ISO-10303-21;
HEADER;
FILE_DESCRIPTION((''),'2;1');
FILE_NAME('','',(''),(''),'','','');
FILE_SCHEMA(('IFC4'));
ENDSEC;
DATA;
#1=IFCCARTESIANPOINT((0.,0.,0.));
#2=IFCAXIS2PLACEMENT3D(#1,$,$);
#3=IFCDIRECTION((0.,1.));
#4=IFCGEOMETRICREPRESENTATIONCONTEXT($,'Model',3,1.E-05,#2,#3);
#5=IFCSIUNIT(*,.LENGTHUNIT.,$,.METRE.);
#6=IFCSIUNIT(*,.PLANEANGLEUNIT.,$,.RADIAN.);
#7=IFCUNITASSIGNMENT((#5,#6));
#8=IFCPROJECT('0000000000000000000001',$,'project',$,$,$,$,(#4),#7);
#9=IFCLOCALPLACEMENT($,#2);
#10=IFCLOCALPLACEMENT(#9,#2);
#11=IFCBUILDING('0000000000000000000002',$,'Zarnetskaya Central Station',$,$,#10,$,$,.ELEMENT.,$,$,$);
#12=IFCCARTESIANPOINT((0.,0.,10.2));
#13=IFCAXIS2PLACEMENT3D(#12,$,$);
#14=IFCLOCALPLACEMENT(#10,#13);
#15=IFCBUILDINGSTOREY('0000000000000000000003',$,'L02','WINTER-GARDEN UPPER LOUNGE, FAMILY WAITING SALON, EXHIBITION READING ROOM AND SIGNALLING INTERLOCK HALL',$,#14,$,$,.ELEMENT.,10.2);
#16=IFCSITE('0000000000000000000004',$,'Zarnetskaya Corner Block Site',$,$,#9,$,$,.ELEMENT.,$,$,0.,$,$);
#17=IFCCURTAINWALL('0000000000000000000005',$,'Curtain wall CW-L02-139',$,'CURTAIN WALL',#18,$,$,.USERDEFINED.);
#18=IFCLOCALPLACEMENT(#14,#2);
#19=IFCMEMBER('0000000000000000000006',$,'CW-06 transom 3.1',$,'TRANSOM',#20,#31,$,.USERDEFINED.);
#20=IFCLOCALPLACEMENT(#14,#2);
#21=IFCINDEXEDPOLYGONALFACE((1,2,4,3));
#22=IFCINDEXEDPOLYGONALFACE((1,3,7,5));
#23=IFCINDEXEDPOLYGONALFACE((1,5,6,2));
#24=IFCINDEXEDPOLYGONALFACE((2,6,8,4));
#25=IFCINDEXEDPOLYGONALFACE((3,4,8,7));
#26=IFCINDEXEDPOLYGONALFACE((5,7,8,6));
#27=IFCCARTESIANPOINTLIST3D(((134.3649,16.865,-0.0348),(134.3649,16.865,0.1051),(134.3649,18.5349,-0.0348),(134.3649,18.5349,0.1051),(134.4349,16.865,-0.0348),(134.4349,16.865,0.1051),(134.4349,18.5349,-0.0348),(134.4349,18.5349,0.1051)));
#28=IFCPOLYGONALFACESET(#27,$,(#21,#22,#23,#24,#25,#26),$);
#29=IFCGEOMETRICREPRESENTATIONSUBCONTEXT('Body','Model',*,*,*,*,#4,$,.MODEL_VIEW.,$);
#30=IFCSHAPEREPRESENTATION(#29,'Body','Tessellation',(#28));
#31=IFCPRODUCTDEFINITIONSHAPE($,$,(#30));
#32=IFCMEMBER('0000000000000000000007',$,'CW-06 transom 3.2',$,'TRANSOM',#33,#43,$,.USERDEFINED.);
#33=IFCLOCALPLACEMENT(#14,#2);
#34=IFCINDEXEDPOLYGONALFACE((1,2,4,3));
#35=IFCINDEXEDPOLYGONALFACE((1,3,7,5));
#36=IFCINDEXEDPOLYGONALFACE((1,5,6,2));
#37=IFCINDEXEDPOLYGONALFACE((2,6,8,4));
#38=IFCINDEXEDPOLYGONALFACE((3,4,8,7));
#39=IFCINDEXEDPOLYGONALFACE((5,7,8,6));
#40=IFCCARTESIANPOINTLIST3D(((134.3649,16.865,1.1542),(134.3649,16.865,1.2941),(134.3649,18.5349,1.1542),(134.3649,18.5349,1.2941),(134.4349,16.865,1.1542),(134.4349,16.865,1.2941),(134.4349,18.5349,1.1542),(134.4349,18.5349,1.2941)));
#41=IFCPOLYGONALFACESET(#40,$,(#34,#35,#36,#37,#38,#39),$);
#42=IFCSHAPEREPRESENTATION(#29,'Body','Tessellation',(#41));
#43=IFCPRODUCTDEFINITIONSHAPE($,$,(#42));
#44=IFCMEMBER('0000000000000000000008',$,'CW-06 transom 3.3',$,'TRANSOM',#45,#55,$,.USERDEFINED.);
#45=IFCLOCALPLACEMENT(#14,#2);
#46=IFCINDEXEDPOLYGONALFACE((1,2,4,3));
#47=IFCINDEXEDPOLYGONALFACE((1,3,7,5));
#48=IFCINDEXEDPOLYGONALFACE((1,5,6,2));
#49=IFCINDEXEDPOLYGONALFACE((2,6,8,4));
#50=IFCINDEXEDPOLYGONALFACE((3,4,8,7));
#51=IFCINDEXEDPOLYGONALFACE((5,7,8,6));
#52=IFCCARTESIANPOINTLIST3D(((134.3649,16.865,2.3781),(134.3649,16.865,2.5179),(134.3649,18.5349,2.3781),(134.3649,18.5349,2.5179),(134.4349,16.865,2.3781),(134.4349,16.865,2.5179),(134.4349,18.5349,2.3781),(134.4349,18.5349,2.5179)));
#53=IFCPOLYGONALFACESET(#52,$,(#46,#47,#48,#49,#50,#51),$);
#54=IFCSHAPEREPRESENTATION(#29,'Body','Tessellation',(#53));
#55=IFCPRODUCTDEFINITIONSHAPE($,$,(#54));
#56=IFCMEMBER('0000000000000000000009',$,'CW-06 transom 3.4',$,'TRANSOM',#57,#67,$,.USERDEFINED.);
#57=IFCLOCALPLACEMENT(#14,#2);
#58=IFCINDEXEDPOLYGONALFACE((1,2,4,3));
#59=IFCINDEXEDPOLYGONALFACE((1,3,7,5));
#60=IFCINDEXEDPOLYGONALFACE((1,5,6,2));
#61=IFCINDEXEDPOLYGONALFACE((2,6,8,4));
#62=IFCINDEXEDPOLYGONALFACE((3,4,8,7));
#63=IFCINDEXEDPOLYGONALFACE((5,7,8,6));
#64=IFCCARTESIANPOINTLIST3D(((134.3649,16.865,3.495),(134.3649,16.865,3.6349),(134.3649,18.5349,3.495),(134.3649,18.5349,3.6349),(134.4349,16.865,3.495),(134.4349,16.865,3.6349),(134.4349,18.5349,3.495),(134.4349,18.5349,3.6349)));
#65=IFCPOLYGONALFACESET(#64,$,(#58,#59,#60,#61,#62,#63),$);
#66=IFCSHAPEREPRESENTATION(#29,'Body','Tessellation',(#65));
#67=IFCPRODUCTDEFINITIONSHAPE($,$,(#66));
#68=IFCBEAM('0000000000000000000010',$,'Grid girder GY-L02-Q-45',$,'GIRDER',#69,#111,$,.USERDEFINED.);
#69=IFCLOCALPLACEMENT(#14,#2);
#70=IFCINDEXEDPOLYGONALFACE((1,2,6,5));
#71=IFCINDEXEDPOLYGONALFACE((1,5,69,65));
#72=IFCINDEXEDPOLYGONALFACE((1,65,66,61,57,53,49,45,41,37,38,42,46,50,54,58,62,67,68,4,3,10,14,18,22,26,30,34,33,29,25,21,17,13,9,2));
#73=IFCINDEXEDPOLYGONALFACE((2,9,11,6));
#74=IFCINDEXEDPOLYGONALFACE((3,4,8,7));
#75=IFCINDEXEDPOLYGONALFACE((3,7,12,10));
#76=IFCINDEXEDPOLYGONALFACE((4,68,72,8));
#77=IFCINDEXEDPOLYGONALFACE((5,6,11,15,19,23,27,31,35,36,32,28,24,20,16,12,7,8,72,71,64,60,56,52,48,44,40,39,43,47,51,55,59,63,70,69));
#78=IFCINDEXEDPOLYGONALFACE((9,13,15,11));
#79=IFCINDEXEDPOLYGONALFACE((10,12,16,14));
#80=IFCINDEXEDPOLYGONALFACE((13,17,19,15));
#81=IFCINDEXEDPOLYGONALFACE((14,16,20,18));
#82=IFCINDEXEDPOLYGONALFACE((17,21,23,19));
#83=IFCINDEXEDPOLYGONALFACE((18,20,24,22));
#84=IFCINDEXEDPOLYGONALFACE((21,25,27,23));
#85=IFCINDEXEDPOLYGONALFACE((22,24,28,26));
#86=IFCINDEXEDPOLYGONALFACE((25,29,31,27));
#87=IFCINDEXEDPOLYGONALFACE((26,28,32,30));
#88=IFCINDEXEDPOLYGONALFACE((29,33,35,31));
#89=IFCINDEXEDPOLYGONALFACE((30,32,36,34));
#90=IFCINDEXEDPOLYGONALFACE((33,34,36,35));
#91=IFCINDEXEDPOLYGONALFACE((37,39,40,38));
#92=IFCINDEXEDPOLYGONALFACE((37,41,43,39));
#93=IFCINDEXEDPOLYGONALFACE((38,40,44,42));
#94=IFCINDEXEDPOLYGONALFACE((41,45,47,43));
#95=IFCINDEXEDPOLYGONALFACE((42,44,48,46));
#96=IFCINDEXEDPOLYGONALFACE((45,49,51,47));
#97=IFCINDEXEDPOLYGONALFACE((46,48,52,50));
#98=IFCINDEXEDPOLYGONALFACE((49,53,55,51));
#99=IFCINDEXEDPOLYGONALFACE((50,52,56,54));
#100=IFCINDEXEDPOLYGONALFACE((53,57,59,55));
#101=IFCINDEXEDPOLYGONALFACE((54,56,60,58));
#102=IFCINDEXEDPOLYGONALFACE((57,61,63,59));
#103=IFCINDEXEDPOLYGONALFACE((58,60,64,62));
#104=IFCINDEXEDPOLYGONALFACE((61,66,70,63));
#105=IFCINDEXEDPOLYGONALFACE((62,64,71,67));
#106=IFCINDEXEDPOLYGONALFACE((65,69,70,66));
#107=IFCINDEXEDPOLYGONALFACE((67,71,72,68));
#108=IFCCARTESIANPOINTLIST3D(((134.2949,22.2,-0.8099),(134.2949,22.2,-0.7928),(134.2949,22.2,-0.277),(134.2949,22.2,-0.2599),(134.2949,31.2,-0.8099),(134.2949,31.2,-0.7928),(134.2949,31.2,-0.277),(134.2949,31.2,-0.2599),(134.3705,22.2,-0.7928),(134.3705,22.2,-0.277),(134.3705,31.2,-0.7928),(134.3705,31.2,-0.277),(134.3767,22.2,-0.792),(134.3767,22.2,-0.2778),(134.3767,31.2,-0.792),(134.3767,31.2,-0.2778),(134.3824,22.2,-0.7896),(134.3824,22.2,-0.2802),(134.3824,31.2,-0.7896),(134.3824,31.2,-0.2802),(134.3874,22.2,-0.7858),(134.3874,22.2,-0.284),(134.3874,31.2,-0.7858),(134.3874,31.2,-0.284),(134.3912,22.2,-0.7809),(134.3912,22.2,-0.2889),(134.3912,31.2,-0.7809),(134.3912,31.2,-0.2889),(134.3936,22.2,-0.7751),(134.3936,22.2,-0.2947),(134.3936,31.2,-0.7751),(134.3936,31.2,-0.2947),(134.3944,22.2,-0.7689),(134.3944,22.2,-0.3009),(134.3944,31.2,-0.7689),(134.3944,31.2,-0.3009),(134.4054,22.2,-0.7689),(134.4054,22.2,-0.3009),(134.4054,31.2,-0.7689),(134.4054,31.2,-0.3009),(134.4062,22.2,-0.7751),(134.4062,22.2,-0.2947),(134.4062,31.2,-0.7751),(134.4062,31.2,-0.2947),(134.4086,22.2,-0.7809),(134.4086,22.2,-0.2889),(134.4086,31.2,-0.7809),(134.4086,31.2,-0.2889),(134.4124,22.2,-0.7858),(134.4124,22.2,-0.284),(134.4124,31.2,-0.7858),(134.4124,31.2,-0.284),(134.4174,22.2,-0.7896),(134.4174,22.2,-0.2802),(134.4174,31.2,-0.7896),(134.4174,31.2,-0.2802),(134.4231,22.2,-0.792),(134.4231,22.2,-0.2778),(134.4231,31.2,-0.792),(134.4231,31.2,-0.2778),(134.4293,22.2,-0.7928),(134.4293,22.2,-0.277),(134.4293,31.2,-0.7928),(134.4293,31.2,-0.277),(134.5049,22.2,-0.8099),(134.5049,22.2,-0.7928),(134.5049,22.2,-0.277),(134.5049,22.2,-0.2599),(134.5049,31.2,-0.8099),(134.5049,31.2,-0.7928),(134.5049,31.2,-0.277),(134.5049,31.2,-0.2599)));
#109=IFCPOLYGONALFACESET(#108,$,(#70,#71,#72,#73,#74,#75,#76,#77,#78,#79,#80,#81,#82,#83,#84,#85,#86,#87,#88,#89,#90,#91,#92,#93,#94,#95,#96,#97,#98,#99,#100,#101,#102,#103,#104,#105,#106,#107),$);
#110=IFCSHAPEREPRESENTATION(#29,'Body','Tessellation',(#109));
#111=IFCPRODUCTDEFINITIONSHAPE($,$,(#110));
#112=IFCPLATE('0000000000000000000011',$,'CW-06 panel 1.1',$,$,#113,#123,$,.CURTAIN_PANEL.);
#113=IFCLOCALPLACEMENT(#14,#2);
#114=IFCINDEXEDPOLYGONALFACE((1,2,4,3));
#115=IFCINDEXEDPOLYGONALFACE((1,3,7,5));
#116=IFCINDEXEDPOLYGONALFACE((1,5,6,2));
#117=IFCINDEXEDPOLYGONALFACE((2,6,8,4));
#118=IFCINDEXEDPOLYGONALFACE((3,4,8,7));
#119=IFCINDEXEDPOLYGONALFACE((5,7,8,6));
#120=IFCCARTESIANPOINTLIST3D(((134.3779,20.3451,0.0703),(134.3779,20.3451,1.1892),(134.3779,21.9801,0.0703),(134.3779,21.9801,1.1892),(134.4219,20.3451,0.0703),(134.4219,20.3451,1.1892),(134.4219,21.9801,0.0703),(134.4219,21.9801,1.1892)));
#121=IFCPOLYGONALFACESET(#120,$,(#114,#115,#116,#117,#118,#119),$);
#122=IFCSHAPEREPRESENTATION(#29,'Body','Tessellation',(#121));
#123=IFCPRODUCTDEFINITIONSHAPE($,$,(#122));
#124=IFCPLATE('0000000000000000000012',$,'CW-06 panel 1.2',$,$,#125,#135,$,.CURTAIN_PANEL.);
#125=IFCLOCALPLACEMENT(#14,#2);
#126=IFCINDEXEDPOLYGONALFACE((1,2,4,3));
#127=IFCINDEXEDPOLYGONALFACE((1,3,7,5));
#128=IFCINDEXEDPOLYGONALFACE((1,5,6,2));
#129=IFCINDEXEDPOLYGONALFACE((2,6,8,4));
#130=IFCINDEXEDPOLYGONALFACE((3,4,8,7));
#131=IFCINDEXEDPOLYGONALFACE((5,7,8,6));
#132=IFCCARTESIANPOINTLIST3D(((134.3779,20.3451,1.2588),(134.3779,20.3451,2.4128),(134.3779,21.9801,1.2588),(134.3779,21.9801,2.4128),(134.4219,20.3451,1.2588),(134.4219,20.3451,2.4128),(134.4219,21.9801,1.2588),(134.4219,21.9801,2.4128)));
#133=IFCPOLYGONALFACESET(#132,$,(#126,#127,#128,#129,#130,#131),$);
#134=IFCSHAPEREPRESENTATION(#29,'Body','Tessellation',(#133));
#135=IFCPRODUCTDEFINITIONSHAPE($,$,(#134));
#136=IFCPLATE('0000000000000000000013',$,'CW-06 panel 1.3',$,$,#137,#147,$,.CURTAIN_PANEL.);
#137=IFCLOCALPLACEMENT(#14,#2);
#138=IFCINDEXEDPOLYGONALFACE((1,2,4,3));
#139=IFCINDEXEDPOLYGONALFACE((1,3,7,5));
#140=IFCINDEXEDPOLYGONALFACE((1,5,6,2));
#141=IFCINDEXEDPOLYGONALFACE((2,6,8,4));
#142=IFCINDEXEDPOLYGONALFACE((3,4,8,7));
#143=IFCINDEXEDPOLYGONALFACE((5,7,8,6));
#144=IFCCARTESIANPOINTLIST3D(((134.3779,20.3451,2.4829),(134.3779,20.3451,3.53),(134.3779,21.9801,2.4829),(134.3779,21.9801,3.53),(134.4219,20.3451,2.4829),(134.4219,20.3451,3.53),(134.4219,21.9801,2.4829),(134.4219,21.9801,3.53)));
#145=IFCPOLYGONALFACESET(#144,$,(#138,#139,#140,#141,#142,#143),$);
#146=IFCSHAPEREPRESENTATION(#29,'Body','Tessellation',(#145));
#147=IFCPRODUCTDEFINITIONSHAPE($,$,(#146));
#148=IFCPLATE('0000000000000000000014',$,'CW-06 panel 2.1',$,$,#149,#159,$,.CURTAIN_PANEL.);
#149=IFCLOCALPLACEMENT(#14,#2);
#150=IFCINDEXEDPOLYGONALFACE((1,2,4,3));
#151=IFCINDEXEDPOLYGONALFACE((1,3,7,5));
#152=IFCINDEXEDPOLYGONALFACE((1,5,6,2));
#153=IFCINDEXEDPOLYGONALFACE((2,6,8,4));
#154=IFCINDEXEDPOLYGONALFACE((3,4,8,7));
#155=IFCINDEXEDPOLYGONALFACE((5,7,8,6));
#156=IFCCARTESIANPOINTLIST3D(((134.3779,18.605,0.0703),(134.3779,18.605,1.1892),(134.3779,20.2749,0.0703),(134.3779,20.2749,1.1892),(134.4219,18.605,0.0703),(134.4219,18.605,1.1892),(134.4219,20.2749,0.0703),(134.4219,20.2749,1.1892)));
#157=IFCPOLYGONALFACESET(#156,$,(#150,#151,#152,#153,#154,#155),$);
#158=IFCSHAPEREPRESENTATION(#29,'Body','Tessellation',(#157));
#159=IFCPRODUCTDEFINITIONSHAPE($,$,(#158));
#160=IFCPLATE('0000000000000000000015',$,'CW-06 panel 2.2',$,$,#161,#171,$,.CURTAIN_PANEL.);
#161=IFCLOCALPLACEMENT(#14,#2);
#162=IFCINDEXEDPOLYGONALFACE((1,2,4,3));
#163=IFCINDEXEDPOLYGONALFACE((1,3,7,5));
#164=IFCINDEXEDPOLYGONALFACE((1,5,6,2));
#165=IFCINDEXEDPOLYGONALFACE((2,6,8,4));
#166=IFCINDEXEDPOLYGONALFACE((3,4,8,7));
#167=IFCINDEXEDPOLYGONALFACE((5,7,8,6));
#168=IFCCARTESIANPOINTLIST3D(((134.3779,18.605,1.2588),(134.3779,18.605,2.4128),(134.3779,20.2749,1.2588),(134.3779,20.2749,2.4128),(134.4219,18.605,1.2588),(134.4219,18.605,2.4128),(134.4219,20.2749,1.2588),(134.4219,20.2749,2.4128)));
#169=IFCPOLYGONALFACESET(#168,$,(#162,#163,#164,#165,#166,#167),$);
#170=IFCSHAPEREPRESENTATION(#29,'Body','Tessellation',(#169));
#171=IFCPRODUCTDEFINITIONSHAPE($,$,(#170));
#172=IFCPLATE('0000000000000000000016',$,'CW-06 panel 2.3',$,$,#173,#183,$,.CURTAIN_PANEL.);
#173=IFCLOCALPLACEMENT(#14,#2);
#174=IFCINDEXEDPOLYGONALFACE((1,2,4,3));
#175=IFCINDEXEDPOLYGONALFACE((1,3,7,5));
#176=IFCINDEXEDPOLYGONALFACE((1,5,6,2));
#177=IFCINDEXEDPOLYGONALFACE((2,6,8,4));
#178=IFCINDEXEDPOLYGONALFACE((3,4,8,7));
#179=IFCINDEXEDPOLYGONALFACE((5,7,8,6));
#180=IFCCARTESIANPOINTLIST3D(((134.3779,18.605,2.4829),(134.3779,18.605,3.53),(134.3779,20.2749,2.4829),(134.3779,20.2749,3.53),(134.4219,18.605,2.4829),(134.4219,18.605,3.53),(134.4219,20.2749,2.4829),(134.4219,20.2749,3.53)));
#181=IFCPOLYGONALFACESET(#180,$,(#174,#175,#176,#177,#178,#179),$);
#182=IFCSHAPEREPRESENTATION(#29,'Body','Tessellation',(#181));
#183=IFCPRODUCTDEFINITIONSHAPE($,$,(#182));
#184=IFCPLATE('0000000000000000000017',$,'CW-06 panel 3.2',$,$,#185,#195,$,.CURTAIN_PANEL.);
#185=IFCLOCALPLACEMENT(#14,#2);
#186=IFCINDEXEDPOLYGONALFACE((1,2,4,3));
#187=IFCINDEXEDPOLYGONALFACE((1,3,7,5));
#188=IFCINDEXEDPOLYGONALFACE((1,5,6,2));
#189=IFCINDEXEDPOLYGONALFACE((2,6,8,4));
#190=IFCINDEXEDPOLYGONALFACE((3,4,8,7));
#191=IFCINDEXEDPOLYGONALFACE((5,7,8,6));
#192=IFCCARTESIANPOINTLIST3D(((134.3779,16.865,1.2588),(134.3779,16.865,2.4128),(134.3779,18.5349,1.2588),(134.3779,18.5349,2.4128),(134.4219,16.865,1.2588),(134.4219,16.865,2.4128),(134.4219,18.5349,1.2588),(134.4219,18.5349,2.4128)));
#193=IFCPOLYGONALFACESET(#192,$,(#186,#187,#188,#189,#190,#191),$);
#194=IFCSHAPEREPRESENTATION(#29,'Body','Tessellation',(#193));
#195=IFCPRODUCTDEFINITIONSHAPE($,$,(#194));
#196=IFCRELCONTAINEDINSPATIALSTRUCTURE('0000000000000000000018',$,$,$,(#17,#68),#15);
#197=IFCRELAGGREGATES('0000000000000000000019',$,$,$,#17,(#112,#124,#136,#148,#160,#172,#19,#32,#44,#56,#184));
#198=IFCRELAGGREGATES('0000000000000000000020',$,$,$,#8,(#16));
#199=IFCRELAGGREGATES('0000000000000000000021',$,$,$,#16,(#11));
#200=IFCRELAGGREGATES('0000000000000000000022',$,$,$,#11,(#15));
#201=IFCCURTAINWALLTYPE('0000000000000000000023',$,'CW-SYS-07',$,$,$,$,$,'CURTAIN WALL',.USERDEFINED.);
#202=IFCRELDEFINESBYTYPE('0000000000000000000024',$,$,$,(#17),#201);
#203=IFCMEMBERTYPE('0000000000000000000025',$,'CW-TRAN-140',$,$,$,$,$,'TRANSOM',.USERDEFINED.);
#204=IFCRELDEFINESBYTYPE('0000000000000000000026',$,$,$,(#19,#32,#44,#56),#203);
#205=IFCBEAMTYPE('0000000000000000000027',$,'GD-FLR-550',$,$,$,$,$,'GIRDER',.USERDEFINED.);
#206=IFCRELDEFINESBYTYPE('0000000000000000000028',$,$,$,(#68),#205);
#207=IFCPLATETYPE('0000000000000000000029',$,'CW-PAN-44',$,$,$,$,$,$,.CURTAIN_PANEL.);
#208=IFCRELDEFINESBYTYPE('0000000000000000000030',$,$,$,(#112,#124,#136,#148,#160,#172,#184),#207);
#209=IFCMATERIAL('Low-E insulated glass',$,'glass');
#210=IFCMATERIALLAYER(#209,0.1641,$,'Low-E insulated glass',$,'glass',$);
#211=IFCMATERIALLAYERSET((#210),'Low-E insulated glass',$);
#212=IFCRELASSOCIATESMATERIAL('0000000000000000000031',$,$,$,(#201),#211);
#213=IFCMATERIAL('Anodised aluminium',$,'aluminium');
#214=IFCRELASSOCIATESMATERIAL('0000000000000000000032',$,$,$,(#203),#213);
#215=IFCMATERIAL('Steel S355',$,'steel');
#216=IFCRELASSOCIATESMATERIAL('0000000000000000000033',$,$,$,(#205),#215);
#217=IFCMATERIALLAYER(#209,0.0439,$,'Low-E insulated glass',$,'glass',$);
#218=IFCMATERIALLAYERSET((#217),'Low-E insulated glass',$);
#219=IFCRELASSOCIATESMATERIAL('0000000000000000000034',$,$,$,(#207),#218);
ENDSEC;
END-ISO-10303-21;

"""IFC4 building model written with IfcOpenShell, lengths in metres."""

from ifc_helpers import new_model, si_unit, direction, frame, origin, origin_2d, place, context, subcontext, project, spatial, rectangle, i_section, extrude, material, layer, layer_set, material_profile, profile_set, type_object, element, aggregate, save


model = new_model("IFC4")

# Units and contexts
model_context = context("Model", 3, precision=1e-05, world=origin(), true_north=direction((0.0, 1.0)))
body_context = subcontext(model_context, "Body", "Model", "MODEL_VIEW")
ifc_project = project(units=[si_unit("LENGTHUNIT", "METRE"), si_unit("PLANEANGLEUNIT", "RADIAN")], contexts=[model_context])

# Site, building, storey
site_placement = place(None, origin())
site = spatial("IfcSite", under=ifc_project, at=site_placement, Name="Zarnetskaya Corner Block Site", CompositionType="ELEMENT", RefElevation=0.0)
building_placement = place(site_placement, origin())
building = spatial("IfcBuilding", under=site, at=building_placement, Name="Zarnetskaya Central Station", CompositionType="ELEMENT")
storey_placement = place(building_placement, frame((0.0, 0.0, 10.2)))
storey = spatial("IfcBuildingStorey", under=building, at=storey_placement, Name="L02", Description="WINTER-GARDEN UPPER LOUNGE, FAMILY WAITING SALON, EXHIBITION READING ROOM AND SIGNALLING INTERLOCK HALL", CompositionType="ELEMENT", Elevation=10.2)

# Shared definitions
ifc_material_1 = material(Name="Steel S355", Category="steel")

# Curtain wall, members
ifc_material_2 = material(Name="Low-E insulated glass", Category="glass")
ifc_layer_1 = layer(ifc_material_2, 0.1641, Name="Low-E insulated glass", Category="glass")
ifc_layer_set_1 = layer_set([ifc_layer_1], Name="Low-E insulated glass")
curtain_wall_type = type_object("IfcCurtainWallType", Name="CW-SYS-07", ElementType="CURTAIN WALL", PredefinedType="USERDEFINED", material=ifc_layer_set_1)
curtain_wall_placement = place(storey_placement, origin())
curtain_wall = element("IfcCurtainWall", 1, at=curtain_wall_placement, inside=storey, type_object=curtain_wall_type, Name="Curtain wall CW-L02-139", ObjectType="CURTAIN WALL", PredefinedType="USERDEFINED")
ifc_material_3 = material(Name="Anodised aluminium", Category="aluminium")
ifc_material_profile_1 = material_profile(ifc_material_3, rectangle(XDim=0.0701, YDim=0.1399, at=origin_2d()), Name="ALU TRAN 70x140")
ifc_profile_set_1 = profile_set([ifc_material_profile_1], Name="Anodised aluminium")
member_type_1 = type_object("IfcMemberType", Name="CW-TRAN-140", ElementType="TRANSOM", PredefinedType="USERDEFINED", material=ifc_profile_set_1)
member_1_placement = place(storey_placement, frame((134.3999, 18.5349, 0.0352), z_axis=(0.0, -1.0, 0.0), x_axis=(1.0, 0.0, 0.0)))
member_1 = element("IfcMember", 2, at=member_1_placement, type_object=member_type_1, Name="CW-06 transom 3.1", ObjectType="TRANSOM", PredefinedType="USERDEFINED", context=body_context, shape_type="SweptSolid", body=[
    extrude(rectangle(XDim=0.0701, YDim=0.1399, at=origin_2d()), origin(), (0.0, 0.0, 1.0), 1.6699),
])
member_2_placement = place(storey_placement, frame((134.3999, 18.5349, 1.2241), z_axis=(0.0, -1.0, 0.0), x_axis=(1.0, 0.0, 0.0)))
member_2 = element("IfcMember", 3, at=member_2_placement, type_object=member_type_1, Name="CW-06 transom 3.2", ObjectType="TRANSOM", PredefinedType="USERDEFINED", context=body_context, shape_type="SweptSolid", body=[
    extrude(rectangle(XDim=0.0701, YDim=0.1399, at=origin_2d()), origin(), (0.0, 0.0, 1.0), 1.6699),
])
member_3_placement = place(storey_placement, frame((134.3999, 18.5349, 2.448), z_axis=(0.0, -1.0, 0.0), x_axis=(1.0, 0.0, 0.0)))
member_3 = element("IfcMember", 4, at=member_3_placement, type_object=member_type_1, Name="CW-06 transom 3.3", ObjectType="TRANSOM", PredefinedType="USERDEFINED", context=body_context, shape_type="SweptSolid", body=[
    extrude(rectangle(XDim=0.0701, YDim=0.1399, at=origin_2d()), origin(), (0.0, 0.0, 1.0), 1.6699),
])
member_4_placement = place(storey_placement, frame((134.3999, 18.5349, 3.5649), z_axis=(0.0, -1.0, 0.0), x_axis=(1.0, 0.0, 0.0)))
member_4 = element("IfcMember", 5, at=member_4_placement, type_object=member_type_1, Name="CW-06 transom 3.4", ObjectType="TRANSOM", PredefinedType="USERDEFINED", context=body_context, shape_type="SweptSolid", body=[
    extrude(rectangle(XDim=0.0701, YDim=0.1399, at=origin_2d()), origin(), (0.0, 0.0, 1.0), 1.6699),
])

# Beam
ifc_material_profile_2 = material_profile(ifc_material_1, i_section(OverallWidth=0.21, OverallDepth=0.55, WebThickness=0.011, FlangeThickness=0.0171, FilletRadius=0.0239, at=origin_2d()), Name="IPE 550")
ifc_profile_set_2 = profile_set([ifc_material_profile_2], Name="Steel S355")
beam_type = type_object("IfcBeamType", Name="GD-FLR-550", ElementType="GIRDER", PredefinedType="USERDEFINED", material=ifc_profile_set_2)
beam_placement = place(storey_placement, frame((134.3999, 22.2, -0.5349), z_axis=(0.0, 1.0, 0.0), x_axis=(-1.0, 0.0, 0.0)))
element("IfcBeam", 6, at=beam_placement, inside=storey, type_object=beam_type, Name="Grid girder GY-L02-Q-45", ObjectType="GIRDER", PredefinedType="USERDEFINED", context=body_context, shape_type="SweptSolid", body=[
    extrude(i_section(OverallWidth=0.21, OverallDepth=0.55, WebThickness=0.011, FlangeThickness=0.0171, FilletRadius=0.0239, at=origin_2d()), origin(), (0.0, 0.0, 1.0), 9.0),
])

# Plates
ifc_layer_2 = layer(ifc_material_2, 0.0439, Name="Low-E insulated glass", Category="glass")
ifc_layer_set_2 = layer_set([ifc_layer_2], Name="Low-E insulated glass")
plate_type = type_object("IfcPlateType", Name="CW-PAN-44", PredefinedType="CURTAIN_PANEL", material=ifc_layer_set_2)
plate_1_placement = place(storey_placement, frame((134.3999, 21.1626, 0.0703), z_axis=(0.0, 0.0, 1.0), x_axis=(0.0, -1.0, 0.0)))
plate_1 = element("IfcPlate", 7, at=plate_1_placement, type_object=plate_type, Name="CW-06 panel 1.1", PredefinedType="CURTAIN_PANEL", context=body_context, shape_type="SweptSolid", body=[
    extrude(rectangle(XDim=1.635, YDim=0.0439, at=origin_2d()), origin(), (0.0, 0.0, 1.0), 1.1189),
])
plate_2_placement = place(storey_placement, frame((134.3999, 21.1626, 1.2588), z_axis=(0.0, 0.0, 1.0), x_axis=(0.0, -1.0, 0.0)))
plate_2 = element("IfcPlate", 8, at=plate_2_placement, type_object=plate_type, Name="CW-06 panel 1.2", PredefinedType="CURTAIN_PANEL", context=body_context, shape_type="SweptSolid", body=[
    extrude(rectangle(XDim=1.635, YDim=0.0439, at=origin_2d()), origin(), (0.0, 0.0, 1.0), 1.1541),
])
plate_3_placement = place(storey_placement, frame((134.3999, 21.1626, 2.4829), z_axis=(0.0, 0.0, 1.0), x_axis=(0.0, -1.0, 0.0)))
plate_3 = element("IfcPlate", 9, at=plate_3_placement, type_object=plate_type, Name="CW-06 panel 1.3", PredefinedType="CURTAIN_PANEL", context=body_context, shape_type="SweptSolid", body=[
    extrude(rectangle(XDim=1.635, YDim=0.0439, at=origin_2d()), origin(), (0.0, 0.0, 1.0), 1.0471),
])
plate_4_placement = place(storey_placement, frame((134.3999, 19.4399, 0.0703), z_axis=(0.0, 0.0, 1.0), x_axis=(0.0, -1.0, 0.0)))
plate_4 = element("IfcPlate", 10, at=plate_4_placement, type_object=plate_type, Name="CW-06 panel 2.1", PredefinedType="CURTAIN_PANEL", context=body_context, shape_type="SweptSolid", body=[
    extrude(rectangle(XDim=1.6699, YDim=0.0439, at=origin_2d()), origin(), (0.0, 0.0, 1.0), 1.1189),
])
plate_5_placement = place(storey_placement, frame((134.3999, 19.4399, 1.2588), z_axis=(0.0, 0.0, 1.0), x_axis=(0.0, -1.0, 0.0)))
plate_5 = element("IfcPlate", 11, at=plate_5_placement, type_object=plate_type, Name="CW-06 panel 2.2", PredefinedType="CURTAIN_PANEL", context=body_context, shape_type="SweptSolid", body=[
    extrude(rectangle(XDim=1.6699, YDim=0.0439, at=origin_2d()), origin(), (0.0, 0.0, 1.0), 1.1541),
])
plate_6_placement = place(storey_placement, frame((134.3999, 19.4399, 2.4829), z_axis=(0.0, 0.0, 1.0), x_axis=(0.0, -1.0, 0.0)))
plate_6 = element("IfcPlate", 12, at=plate_6_placement, type_object=plate_type, Name="CW-06 panel 2.3", PredefinedType="CURTAIN_PANEL", context=body_context, shape_type="SweptSolid", body=[
    extrude(rectangle(XDim=1.6699, YDim=0.0439, at=origin_2d()), origin(), (0.0, 0.0, 1.0), 1.0471),
])
plate_7_placement = place(storey_placement, frame((134.3999, 17.7, 1.2588), z_axis=(0.0, 0.0, 1.0), x_axis=(0.0, -1.0, 0.0)))
plate_7 = element("IfcPlate", 13, at=plate_7_placement, type_object=plate_type, Name="CW-06 panel 3.2", PredefinedType="CURTAIN_PANEL", context=body_context, shape_type="SweptSolid", body=[
    extrude(rectangle(XDim=1.6699, YDim=0.0439, at=origin_2d()), origin(), (0.0, 0.0, 1.0), 1.1541),
])
aggregate(curtain_wall, [plate_1, plate_2, plate_3, plate_4, plate_5, plate_6, member_1, member_2, member_3, member_4, plate_7])

save(model, "model.ifc")
